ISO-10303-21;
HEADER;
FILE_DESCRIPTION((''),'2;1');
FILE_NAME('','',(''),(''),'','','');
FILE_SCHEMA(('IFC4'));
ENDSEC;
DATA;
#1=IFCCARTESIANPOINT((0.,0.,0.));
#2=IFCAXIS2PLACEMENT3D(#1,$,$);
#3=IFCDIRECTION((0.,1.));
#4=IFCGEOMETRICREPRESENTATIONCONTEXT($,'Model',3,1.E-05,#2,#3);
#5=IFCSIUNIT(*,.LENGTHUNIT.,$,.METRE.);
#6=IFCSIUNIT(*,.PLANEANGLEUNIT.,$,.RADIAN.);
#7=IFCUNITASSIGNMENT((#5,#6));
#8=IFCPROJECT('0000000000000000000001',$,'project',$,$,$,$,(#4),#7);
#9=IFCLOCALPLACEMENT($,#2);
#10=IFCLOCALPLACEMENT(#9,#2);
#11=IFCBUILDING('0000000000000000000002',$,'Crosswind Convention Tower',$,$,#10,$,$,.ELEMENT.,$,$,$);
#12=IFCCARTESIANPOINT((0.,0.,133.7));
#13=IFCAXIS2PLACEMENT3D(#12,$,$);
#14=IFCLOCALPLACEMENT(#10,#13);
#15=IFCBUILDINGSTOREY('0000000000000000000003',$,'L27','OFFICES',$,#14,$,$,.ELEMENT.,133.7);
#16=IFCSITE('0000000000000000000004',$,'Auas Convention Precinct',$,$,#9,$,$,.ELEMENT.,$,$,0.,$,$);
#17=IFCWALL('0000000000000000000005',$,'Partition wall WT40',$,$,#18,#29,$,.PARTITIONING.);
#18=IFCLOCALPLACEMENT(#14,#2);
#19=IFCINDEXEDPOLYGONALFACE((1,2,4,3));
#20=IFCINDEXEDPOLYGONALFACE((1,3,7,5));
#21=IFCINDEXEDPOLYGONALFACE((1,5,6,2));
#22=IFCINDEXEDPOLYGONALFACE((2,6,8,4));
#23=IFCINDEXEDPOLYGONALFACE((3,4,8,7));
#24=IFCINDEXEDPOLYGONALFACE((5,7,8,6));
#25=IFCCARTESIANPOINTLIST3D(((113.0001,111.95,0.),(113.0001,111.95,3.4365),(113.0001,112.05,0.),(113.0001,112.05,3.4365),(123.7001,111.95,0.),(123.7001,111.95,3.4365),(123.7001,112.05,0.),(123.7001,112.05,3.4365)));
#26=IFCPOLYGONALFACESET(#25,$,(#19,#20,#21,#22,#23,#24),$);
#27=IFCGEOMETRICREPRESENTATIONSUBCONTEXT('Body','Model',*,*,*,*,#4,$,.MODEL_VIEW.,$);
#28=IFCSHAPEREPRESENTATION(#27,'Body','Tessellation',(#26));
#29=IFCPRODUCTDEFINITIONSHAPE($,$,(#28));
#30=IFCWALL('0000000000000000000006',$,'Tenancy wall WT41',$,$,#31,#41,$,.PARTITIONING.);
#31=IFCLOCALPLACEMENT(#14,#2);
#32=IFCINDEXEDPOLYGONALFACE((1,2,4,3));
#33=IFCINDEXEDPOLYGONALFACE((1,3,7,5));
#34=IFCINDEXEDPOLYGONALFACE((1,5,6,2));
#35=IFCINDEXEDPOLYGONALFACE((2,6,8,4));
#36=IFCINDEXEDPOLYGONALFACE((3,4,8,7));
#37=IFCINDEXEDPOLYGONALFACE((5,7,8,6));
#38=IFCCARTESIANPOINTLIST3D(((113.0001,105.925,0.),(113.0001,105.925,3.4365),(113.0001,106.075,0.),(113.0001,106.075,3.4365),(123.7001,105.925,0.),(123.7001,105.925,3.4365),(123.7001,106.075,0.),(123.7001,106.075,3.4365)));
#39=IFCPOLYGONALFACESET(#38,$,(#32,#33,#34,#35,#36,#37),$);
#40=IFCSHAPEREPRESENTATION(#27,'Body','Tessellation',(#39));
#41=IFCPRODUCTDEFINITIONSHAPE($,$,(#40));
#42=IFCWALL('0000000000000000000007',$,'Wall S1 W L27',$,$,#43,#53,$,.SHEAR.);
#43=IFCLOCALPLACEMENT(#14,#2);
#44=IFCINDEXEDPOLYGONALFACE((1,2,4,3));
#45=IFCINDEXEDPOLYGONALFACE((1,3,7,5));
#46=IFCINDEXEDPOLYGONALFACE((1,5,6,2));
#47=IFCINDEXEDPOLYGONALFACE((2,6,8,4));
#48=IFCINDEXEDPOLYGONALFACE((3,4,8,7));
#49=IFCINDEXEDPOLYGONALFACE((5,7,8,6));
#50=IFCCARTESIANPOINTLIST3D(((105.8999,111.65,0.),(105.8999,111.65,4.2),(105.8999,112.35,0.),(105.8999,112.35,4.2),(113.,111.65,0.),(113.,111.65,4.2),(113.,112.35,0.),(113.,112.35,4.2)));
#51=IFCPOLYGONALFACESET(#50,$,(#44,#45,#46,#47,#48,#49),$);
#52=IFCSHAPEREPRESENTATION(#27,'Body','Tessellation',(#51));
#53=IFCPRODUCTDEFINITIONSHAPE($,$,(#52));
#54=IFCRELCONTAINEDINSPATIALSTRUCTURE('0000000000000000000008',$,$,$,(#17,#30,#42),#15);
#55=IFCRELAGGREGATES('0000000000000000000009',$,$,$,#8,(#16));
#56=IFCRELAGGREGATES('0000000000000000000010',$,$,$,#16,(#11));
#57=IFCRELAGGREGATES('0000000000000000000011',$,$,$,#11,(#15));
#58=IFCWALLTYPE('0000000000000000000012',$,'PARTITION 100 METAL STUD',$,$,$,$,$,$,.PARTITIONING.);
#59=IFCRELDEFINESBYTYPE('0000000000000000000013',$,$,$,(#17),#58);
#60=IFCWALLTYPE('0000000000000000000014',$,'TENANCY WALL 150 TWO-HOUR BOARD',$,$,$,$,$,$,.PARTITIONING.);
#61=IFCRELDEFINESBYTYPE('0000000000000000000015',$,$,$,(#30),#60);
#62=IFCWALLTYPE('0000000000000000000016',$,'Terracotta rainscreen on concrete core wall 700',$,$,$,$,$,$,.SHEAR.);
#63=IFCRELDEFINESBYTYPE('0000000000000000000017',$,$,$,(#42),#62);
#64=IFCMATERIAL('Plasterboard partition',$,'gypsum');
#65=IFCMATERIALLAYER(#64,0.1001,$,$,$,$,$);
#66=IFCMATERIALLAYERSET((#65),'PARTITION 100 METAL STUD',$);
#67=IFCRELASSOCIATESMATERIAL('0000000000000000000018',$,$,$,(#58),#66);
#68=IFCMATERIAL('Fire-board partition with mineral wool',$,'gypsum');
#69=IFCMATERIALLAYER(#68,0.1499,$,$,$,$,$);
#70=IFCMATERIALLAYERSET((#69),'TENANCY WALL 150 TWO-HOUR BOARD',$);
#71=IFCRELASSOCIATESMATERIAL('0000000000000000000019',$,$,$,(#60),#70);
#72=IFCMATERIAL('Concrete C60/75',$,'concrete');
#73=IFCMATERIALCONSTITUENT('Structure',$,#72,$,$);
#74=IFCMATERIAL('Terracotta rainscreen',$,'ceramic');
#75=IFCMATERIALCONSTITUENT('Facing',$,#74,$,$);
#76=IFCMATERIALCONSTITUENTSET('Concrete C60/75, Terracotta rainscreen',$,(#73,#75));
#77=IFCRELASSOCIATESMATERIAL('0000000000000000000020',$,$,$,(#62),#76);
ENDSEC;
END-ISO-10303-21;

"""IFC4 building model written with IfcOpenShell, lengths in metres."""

from ifc_helpers import new_model, si_unit, direction, frame, frame_2d, origin, place, context, subcontext, project, spatial, rectangle, extrude, material, layer, layer_set, constituent, constituent_set, type_object, element, save


model = new_model("IFC4")

# Units and contexts
model_context = context("Model", 3, precision=1e-05, world=origin(), true_north=direction((0.0, 1.0)))
body_context = subcontext(model_context, "Body", "Model", "MODEL_VIEW")
ifc_project = project(units=[si_unit("LENGTHUNIT", "METRE"), si_unit("PLANEANGLEUNIT", "RADIAN")], contexts=[model_context])

# Site, building, storey
site_placement = place(None, origin())
site = spatial("IfcSite", under=ifc_project, at=site_placement, Name="Auas Convention Precinct", CompositionType="ELEMENT", RefElevation=0.0)
building_placement = place(site_placement, origin())
building = spatial("IfcBuilding", under=site, at=building_placement, Name="Crosswind Convention Tower", CompositionType="ELEMENT")
storey_placement = place(building_placement, frame((0.0, 0.0, 133.7)))
storey = spatial("IfcBuildingStorey", under=building, at=storey_placement, Name="L27", Description="OFFICES", CompositionType="ELEMENT", Elevation=133.7)

# Walls
ifc_material_1 = material(Name="Plasterboard partition", Category="gypsum")
ifc_layer_1 = layer(ifc_material_1, 0.1001)
ifc_layer_set_1 = layer_set([ifc_layer_1], Name="PARTITION 100 METAL STUD")
wall_type_1 = type_object("IfcWallType", Name="PARTITION 100 METAL STUD", PredefinedType="PARTITIONING", material=ifc_layer_set_1)
wall_1_placement = place(storey_placement, frame((113.0, 112.0, 0.0), z_axis=(0.0, 0.0, 1.0), x_axis=(1.0, 0.0, 0.0)))
element("IfcWall", 1, at=wall_1_placement, inside=storey, type_object=wall_type_1, Name="Partition wall WT40", PredefinedType="PARTITIONING", context=body_context, shape_type="SweptSolid", body=[
    extrude(rectangle(XDim=10.7, YDim=0.1001, at=frame_2d((5.3501, 0.0))), origin(), (0.0, 0.0, 1.0), 3.4365),
])
ifc_material_2 = material(Name="Fire-board partition with mineral wool", Category="gypsum")
ifc_layer_2 = layer(ifc_material_2, 0.1499)
ifc_layer_set_2 = layer_set([ifc_layer_2], Name="TENANCY WALL 150 TWO-HOUR BOARD")
wall_type_2 = type_object("IfcWallType", Name="TENANCY WALL 150 TWO-HOUR BOARD", PredefinedType="PARTITIONING", material=ifc_layer_set_2)
wall_2_placement = place(storey_placement, frame((113.0, 106.0, 0.0), z_axis=(0.0, 0.0, 1.0), x_axis=(1.0, 0.0, 0.0)))
element("IfcWall", 2, at=wall_2_placement, inside=storey, type_object=wall_type_2, Name="Tenancy wall WT41", PredefinedType="PARTITIONING", context=body_context, shape_type="SweptSolid", body=[
    extrude(rectangle(XDim=10.7, YDim=0.1499, at=frame_2d((5.3501, 0.0))), origin(), (0.0, 0.0, 1.0), 3.4365),
])
ifc_material_3 = material(Name="Concrete C60/75", Category="concrete")
ifc_constituent_1 = constituent(ifc_material_3, Name="Structure")
ifc_material_4 = material(Name="Terracotta rainscreen", Category="ceramic")
ifc_constituent_2 = constituent(ifc_material_4, Name="Facing")
ifc_constituent_set = constituent_set(constituents=[ifc_constituent_1, ifc_constituent_2], Name="Concrete C60/75, Terracotta rainscreen")
wall_type_3 = type_object("IfcWallType", Name="Terracotta rainscreen on concrete core wall 700", PredefinedType="SHEAR", material=ifc_constituent_set)
wall_3_placement = place(storey_placement, frame((113.0, 112.0, 0.0), z_axis=(0.0, 0.0, 1.0), x_axis=(-1.0, 0.0, 0.0)))
element("IfcWall", 3, at=wall_3_placement, inside=storey, type_object=wall_type_3, Name="Wall S1 W L27", PredefinedType="SHEAR", context=body_context, shape_type="SweptSolid", body=[
    extrude(rectangle(XDim=7.1001, YDim=0.7, at=frame_2d((3.55, 0.0))), origin(), (0.0, 0.0, 1.0), 4.2),
])

save(model, "model.ifc")
